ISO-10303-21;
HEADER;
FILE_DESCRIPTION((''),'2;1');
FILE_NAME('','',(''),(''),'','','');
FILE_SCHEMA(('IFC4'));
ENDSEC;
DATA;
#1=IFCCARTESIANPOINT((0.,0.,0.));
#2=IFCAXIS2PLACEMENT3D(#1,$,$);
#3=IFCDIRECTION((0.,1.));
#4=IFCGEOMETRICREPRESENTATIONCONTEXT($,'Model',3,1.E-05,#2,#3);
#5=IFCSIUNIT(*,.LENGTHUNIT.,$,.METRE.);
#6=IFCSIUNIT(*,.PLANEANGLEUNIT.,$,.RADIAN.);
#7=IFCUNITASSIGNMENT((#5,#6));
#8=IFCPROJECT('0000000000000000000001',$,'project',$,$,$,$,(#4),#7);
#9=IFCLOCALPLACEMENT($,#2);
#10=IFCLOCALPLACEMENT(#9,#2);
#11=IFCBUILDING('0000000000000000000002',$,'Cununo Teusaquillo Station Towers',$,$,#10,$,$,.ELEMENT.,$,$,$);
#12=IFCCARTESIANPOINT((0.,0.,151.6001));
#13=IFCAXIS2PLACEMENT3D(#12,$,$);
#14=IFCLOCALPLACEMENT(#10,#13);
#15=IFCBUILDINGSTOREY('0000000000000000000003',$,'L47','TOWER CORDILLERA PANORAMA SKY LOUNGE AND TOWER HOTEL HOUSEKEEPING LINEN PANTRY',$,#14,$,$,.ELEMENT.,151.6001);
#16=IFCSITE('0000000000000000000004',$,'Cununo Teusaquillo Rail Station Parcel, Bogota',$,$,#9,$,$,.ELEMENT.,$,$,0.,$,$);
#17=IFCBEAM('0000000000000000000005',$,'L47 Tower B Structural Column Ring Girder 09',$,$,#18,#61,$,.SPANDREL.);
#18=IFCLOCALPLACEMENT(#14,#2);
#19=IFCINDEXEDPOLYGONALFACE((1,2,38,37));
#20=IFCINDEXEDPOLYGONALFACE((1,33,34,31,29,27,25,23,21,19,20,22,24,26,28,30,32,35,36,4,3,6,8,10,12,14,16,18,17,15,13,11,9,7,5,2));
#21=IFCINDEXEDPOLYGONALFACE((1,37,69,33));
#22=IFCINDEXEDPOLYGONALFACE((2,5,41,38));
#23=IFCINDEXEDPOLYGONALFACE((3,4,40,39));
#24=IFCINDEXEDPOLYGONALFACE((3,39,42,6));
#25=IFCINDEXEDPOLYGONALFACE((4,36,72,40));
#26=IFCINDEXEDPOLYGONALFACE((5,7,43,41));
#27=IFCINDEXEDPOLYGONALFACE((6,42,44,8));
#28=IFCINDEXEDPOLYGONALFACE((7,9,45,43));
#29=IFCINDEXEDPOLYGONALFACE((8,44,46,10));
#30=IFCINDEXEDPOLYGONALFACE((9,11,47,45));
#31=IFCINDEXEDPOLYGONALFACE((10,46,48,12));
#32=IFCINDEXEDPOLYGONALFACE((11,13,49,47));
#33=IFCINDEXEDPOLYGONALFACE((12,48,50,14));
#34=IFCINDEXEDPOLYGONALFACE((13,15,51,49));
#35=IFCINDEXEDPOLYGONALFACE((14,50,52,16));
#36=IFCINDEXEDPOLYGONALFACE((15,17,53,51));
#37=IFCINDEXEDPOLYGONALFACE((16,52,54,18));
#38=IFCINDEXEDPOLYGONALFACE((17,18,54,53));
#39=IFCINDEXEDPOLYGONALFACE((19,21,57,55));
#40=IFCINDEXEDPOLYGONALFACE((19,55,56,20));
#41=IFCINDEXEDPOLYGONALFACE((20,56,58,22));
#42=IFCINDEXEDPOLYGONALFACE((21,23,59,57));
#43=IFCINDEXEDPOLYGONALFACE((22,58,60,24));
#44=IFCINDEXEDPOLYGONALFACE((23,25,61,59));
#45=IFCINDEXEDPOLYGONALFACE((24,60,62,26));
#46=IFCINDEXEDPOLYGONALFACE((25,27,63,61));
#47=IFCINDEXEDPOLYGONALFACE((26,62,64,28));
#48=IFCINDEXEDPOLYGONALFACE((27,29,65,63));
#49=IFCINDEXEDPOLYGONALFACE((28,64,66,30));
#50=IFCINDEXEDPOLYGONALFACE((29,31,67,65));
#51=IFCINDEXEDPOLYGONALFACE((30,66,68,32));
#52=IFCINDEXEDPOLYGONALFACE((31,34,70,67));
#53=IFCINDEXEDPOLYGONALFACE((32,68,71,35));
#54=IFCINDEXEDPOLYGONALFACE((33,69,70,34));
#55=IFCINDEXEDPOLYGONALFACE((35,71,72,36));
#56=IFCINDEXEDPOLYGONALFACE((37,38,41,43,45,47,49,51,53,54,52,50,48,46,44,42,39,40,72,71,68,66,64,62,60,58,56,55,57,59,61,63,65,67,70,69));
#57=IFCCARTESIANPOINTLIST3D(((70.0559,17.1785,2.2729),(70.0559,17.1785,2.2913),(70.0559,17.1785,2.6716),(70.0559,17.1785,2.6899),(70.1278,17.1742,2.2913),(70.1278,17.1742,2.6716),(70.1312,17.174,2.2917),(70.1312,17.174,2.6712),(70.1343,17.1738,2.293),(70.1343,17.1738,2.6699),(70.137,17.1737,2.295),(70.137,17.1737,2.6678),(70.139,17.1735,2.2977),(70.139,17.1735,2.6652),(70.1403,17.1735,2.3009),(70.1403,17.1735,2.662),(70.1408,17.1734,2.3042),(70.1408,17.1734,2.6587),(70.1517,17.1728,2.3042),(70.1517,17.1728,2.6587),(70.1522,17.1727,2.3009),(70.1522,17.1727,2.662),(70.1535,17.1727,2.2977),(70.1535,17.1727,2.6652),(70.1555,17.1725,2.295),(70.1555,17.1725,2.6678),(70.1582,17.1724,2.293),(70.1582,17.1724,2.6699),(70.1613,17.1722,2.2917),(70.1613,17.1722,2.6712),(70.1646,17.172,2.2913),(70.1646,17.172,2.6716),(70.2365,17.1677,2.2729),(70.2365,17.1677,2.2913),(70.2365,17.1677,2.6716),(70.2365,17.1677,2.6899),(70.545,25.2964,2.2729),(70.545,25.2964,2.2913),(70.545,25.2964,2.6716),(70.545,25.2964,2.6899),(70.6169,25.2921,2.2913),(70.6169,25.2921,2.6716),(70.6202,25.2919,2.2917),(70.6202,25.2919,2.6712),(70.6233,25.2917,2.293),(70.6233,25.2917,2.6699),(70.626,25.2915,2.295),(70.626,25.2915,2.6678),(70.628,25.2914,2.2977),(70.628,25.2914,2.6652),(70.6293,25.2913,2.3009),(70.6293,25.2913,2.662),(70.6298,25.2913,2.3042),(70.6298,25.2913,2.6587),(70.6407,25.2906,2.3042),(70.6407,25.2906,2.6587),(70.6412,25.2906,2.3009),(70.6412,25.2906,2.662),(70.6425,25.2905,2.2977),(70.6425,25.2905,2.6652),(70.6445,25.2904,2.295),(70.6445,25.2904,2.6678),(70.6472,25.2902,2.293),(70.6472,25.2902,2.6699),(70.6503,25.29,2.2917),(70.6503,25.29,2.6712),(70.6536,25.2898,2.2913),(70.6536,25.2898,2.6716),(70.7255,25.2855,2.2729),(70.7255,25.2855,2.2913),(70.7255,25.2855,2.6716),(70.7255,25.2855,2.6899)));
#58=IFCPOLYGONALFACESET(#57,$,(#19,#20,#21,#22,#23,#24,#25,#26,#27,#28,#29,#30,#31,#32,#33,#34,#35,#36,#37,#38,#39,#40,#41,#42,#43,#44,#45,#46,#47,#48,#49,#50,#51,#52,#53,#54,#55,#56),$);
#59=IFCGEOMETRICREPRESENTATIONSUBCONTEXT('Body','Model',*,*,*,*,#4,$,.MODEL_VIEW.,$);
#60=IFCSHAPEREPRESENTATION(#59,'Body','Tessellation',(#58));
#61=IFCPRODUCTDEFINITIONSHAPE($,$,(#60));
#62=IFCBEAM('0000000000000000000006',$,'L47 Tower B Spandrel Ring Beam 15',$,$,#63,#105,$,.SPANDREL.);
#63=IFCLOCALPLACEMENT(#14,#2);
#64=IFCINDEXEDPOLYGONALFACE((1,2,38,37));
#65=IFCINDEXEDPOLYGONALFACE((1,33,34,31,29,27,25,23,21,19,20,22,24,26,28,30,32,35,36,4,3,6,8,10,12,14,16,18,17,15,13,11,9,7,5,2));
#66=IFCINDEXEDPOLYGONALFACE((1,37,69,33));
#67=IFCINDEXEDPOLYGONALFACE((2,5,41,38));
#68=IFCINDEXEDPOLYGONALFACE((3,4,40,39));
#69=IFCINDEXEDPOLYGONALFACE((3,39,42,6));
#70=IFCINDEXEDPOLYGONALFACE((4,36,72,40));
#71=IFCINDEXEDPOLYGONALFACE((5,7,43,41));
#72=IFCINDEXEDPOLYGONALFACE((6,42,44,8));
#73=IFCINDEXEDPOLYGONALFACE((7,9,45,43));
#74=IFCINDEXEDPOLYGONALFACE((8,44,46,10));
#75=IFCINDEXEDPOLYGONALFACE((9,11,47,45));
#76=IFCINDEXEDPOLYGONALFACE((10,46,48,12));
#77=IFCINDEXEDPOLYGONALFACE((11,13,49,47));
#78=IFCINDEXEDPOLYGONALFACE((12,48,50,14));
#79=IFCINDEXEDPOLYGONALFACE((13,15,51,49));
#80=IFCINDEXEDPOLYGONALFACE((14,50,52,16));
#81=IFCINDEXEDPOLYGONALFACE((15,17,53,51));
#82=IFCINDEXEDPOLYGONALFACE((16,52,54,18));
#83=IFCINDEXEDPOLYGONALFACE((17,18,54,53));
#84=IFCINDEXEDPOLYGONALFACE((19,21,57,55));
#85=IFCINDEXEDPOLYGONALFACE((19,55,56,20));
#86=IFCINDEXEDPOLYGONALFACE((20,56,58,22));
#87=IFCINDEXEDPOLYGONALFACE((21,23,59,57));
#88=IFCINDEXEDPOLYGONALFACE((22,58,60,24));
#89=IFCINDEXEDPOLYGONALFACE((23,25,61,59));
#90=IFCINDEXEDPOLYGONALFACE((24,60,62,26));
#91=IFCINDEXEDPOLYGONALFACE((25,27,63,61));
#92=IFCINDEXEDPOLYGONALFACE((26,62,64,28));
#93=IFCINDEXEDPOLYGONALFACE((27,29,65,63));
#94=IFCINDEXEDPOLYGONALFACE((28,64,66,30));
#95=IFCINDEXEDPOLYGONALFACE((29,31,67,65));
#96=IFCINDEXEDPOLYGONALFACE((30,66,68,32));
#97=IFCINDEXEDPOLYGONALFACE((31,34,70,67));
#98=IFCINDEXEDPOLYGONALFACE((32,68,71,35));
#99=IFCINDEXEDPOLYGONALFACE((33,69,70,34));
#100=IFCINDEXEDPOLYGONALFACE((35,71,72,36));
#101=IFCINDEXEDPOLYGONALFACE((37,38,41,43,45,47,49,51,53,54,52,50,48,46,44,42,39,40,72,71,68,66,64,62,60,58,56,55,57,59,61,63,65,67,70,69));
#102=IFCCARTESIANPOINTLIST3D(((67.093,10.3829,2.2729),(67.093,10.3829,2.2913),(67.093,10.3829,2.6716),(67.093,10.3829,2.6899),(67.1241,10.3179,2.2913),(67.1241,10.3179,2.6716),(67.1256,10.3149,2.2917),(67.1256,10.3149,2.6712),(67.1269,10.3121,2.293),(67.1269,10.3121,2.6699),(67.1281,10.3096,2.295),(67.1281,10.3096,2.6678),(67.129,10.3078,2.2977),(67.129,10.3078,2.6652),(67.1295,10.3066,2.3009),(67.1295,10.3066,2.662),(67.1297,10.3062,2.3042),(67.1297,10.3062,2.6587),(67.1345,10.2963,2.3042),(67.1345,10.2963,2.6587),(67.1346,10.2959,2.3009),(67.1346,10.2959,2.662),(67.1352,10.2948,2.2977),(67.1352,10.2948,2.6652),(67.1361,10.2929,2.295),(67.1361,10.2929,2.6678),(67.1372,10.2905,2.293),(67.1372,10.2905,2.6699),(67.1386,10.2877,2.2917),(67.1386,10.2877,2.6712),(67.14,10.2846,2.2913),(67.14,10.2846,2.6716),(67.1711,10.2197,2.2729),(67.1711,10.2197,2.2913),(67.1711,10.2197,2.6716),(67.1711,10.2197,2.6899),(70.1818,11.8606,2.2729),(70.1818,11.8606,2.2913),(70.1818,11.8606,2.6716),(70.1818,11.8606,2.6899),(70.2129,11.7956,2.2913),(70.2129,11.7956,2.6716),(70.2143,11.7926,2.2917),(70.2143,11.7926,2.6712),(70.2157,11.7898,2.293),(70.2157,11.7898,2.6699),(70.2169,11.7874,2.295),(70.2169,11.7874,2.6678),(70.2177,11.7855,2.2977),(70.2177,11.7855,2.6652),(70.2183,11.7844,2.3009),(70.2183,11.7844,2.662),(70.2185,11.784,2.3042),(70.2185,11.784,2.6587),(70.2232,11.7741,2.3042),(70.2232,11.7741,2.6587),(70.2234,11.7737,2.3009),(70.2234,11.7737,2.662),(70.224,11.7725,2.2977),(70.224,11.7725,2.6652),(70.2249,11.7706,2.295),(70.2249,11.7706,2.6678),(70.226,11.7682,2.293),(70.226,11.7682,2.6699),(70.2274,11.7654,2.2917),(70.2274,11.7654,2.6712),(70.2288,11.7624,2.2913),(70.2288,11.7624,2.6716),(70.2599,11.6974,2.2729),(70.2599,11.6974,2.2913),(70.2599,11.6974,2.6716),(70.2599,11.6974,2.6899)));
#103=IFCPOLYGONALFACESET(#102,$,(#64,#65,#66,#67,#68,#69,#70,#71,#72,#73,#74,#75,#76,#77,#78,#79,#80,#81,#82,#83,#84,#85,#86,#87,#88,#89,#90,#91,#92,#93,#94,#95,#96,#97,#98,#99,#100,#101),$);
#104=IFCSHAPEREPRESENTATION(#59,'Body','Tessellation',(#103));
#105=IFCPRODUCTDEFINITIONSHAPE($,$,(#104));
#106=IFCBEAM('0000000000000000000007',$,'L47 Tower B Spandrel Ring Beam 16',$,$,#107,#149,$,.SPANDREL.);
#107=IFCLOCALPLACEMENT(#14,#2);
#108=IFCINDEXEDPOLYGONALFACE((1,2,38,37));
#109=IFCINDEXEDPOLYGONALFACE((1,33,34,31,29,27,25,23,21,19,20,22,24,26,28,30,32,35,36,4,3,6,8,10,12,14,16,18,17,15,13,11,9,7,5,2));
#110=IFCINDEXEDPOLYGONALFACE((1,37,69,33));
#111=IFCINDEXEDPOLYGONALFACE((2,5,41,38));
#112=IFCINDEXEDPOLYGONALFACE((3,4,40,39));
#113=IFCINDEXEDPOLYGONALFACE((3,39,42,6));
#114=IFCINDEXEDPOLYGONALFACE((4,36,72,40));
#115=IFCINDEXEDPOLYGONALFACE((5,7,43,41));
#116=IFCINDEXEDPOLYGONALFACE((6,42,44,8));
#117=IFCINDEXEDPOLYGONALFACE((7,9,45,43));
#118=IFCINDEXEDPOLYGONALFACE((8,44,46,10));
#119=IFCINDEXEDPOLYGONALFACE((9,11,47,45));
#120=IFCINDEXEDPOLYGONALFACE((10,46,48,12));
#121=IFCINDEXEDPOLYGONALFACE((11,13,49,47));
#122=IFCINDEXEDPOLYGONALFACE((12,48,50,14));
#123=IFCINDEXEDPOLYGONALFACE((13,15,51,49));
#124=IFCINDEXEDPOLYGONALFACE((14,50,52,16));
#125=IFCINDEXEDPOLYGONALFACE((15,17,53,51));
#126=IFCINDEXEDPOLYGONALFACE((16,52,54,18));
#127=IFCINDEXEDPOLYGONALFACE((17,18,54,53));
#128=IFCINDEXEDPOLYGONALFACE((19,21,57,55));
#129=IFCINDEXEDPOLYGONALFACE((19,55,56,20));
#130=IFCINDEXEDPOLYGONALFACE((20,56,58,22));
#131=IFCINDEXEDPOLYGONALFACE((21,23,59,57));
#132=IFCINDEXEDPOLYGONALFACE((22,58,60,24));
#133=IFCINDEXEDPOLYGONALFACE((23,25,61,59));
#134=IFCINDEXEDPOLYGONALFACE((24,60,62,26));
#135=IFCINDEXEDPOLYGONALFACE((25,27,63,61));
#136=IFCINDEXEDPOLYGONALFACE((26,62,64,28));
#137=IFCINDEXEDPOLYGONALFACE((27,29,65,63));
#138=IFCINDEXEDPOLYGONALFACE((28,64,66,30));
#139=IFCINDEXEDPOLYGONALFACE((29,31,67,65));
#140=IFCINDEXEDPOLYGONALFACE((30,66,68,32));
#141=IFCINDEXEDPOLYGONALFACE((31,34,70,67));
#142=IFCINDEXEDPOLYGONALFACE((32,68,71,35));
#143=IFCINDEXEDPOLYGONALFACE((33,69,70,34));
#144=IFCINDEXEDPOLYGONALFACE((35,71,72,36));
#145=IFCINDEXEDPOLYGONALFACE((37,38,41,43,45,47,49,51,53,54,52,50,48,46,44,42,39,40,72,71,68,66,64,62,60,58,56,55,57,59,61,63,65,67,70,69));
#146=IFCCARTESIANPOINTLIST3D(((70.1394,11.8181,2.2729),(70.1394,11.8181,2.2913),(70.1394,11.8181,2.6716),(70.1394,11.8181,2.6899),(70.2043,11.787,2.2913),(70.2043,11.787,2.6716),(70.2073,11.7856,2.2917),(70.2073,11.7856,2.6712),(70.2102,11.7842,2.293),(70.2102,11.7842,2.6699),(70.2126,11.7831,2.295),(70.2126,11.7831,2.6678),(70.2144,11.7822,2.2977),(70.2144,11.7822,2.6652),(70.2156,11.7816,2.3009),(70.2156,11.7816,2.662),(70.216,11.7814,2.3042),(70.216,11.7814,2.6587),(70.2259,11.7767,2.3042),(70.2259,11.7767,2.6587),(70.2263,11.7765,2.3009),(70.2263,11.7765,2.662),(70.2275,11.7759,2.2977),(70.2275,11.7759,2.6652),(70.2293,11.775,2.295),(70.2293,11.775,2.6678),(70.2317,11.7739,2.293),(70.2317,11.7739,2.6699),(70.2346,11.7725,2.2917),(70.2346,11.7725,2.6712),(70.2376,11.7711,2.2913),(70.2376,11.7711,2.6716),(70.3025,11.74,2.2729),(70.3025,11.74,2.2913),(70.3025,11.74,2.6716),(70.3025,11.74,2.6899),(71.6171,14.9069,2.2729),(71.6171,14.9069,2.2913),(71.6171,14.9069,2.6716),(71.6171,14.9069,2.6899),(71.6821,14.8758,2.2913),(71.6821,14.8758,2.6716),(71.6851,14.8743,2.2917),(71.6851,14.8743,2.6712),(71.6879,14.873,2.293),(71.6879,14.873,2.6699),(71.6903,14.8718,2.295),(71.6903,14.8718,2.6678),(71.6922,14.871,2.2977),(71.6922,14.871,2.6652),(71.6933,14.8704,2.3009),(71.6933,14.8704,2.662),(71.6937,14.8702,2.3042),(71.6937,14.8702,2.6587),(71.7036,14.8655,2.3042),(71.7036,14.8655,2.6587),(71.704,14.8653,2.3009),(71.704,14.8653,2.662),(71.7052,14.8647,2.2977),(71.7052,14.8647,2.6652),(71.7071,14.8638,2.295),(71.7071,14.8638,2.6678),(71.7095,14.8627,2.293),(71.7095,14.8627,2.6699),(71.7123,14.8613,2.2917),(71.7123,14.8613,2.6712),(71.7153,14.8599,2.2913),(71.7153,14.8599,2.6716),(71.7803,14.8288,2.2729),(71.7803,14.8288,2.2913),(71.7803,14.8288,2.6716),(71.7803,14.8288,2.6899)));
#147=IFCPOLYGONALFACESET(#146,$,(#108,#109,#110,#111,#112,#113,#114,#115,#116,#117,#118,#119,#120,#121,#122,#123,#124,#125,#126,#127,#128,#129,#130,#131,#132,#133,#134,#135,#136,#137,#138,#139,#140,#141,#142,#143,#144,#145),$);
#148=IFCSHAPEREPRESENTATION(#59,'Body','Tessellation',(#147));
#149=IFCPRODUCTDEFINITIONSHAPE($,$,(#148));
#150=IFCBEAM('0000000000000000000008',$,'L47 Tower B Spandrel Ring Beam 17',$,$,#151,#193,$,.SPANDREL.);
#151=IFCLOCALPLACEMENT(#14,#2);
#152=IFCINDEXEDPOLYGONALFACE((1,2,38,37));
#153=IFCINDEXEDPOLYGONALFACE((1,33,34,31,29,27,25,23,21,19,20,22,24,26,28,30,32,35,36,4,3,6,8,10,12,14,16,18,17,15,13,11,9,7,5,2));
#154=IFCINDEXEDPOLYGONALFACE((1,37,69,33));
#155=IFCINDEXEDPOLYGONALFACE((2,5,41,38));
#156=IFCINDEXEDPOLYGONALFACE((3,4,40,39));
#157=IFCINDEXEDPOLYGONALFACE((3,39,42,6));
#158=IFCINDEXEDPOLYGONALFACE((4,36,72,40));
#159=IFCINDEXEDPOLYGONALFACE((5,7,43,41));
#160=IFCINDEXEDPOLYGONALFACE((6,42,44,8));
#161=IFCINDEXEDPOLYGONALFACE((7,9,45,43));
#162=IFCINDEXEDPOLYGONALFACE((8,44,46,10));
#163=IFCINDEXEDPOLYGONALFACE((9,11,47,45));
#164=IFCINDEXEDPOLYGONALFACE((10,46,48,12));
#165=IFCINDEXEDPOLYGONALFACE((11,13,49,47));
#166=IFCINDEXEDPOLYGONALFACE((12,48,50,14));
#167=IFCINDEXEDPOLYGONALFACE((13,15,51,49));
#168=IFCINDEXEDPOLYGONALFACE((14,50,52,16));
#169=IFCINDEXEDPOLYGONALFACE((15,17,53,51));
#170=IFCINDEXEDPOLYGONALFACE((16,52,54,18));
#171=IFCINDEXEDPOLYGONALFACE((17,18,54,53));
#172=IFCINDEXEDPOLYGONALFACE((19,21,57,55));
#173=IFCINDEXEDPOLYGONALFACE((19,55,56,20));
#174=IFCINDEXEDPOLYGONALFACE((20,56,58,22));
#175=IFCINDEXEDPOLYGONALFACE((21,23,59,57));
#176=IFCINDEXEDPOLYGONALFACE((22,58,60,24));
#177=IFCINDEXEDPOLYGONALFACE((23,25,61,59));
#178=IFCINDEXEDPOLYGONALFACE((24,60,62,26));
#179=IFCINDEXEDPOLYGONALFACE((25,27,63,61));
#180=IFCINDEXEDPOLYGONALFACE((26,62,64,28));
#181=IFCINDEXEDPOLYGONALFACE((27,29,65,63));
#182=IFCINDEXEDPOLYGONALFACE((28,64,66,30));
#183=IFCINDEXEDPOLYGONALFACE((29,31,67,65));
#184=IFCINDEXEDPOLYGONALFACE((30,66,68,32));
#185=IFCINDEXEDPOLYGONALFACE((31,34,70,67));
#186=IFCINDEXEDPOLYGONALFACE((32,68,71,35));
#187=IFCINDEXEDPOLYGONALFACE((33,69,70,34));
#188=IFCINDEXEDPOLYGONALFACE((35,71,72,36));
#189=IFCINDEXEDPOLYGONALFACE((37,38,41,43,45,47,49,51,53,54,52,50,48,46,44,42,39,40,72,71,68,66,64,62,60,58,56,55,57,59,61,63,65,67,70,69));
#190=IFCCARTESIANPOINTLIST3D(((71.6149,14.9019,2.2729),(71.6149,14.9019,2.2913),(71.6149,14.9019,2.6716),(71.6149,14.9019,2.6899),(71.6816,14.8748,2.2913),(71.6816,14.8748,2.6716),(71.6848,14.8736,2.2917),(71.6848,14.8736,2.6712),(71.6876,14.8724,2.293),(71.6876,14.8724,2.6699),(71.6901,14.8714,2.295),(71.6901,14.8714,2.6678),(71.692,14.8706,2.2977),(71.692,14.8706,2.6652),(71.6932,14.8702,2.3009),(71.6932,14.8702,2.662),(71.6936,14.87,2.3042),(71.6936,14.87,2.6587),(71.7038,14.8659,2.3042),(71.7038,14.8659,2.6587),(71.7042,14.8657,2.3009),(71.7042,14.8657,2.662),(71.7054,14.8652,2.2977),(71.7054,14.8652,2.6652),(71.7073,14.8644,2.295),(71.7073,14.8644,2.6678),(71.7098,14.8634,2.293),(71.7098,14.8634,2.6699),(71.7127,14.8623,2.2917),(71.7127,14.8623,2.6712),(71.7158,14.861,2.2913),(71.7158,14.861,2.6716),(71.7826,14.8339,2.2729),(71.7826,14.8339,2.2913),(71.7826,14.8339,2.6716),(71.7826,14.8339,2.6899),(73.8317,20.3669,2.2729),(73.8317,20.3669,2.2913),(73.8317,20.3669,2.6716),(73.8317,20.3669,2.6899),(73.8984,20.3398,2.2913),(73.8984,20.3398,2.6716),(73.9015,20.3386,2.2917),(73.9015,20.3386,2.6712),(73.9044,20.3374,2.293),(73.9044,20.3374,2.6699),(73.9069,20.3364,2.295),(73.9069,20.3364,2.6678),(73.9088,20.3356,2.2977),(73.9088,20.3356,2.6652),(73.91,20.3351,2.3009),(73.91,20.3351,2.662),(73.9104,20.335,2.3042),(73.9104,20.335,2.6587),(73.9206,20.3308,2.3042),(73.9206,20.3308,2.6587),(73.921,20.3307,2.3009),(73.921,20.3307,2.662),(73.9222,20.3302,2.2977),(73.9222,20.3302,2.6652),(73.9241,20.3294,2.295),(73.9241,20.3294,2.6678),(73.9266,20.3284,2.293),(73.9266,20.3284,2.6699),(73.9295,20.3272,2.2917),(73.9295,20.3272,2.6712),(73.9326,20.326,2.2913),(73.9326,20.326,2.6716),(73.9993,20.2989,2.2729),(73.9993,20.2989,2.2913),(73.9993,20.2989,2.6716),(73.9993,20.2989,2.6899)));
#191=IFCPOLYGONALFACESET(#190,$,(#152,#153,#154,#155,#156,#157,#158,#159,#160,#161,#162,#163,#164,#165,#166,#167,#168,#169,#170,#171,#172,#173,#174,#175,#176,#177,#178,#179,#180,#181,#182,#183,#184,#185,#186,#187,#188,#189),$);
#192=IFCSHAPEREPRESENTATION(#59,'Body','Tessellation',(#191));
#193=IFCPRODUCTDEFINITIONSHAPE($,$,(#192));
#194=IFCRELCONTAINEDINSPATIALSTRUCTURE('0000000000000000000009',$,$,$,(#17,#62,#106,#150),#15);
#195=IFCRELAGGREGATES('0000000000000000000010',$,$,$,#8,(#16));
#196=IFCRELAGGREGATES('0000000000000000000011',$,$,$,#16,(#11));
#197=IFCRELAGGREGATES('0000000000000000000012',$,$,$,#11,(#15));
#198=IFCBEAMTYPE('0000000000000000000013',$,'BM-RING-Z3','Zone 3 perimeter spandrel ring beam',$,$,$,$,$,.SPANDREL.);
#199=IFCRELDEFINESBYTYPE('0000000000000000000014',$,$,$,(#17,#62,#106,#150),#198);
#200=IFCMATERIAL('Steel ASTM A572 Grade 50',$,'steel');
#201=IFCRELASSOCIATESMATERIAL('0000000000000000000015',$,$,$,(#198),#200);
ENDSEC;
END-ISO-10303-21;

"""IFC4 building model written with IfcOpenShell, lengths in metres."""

from ifc_helpers import new_model, si_unit, direction, frame, origin, origin_2d, place, context, subcontext, project, spatial, i_section, extrude, material, material_profile, profile_set, type_object, element, save


model = new_model("IFC4")

# Units and contexts
model_context = context("Model", 3, precision=1e-05, world=origin(), true_north=direction((0.0, 1.0)))
body_context = subcontext(model_context, "Body", "Model", "MODEL_VIEW")
ifc_project = project(units=[si_unit("LENGTHUNIT", "METRE"), si_unit("PLANEANGLEUNIT", "RADIAN")], contexts=[model_context])

# Site, building, storey
site_placement = place(None, origin())
site = spatial("IfcSite", under=ifc_project, at=site_placement, Name="Cununo Teusaquillo Rail Station Parcel, Bogota", CompositionType="ELEMENT", RefElevation=0.0)
building_placement = place(site_placement, origin())
building = spatial("IfcBuilding", under=site, at=building_placement, Name="Cununo Teusaquillo Station Towers", CompositionType="ELEMENT")
storey_placement = place(building_placement, frame((0.0, 0.0, 151.6001)))
storey = spatial("IfcBuildingStorey", under=building, at=storey_placement, Name="L47", Description="TOWER CORDILLERA PANORAMA SKY LOUNGE AND TOWER HOTEL HOUSEKEEPING LINEN PANTRY", CompositionType="ELEMENT", Elevation=151.6001)

# Beams
ifc_material_1 = material(Name="Steel ASTM A572 Grade 50", Category="steel")
ifc_material_profile_1 = material_profile(ifc_material_1, i_section(OverallWidth=0.1809, OverallDepth=0.417, WebThickness=0.011, FlangeThickness=0.0183, FilletRadius=0.0129, at=origin_2d()), Name="W16X57")
ifc_profile_set_1 = profile_set([ifc_material_profile_1], Name="Steel ASTM A572 Grade 50")
beam_type_1 = type_object("IfcBeamType", Name="BM-RING-Z3", Description="Zone 3 perimeter spandrel ring beam", PredefinedType="SPANDREL", material=ifc_profile_set_1)
beam_1_placement = place(storey_placement, frame((70.1462, 17.1731, 2.4814), z_axis=(0.06013, 0.998191, 0.0), x_axis=(-0.998191, 0.06013, 0.0)))
element("IfcBeam", 1, at=beam_1_placement, inside=storey, type_object=beam_type_1, Name="L47 Tower B Structural Column Ring Girder 09", PredefinedType="SPANDREL", context=body_context, shape_type="SweptSolid", body=[
    extrude(i_section(OverallWidth=0.1809, OverallDepth=0.417, WebThickness=0.011, FlangeThickness=0.0183, FilletRadius=0.0129, at=origin_2d()), origin(), (0.0, 0.0, 1.0), 8.1326),
])
for number, where, z_axis, x_axis, name in (
    (2, (67.1321, 10.3013, 2.4814), (0.902078, 0.431574, 0.0), (-0.431574, 0.902078, 0.0), "L47 Tower B Spandrel Ring Beam 15"),
    (3, (70.2209, 11.7791, 2.4814), (0.431574, 0.902078, 0.0), (-0.902078, 0.431574, 0.0), "L47 Tower B Spandrel Ring Beam 16"),
):
    element("IfcBeam", number, at=place(storey_placement, frame(where, z_axis=z_axis, x_axis=x_axis)), inside=storey, type_object=beam_type_1, Name=name, PredefinedType="SPANDREL", context=body_context, shape_type="SweptSolid", body=[
        extrude(i_section(OverallWidth=0.1809, OverallDepth=0.417, WebThickness=0.011, FlangeThickness=0.0183, FilletRadius=0.0129, at=origin_2d()), origin(), (0.0, 0.0, 1.0), 3.4241),
    ])
beam_2_placement = place(storey_placement, frame((71.6987, 14.8679, 2.4814), z_axis=(0.375883, 0.926667, 0.0), x_axis=(-0.926667, 0.375883, 0.0)))
element("IfcBeam", 4, at=beam_2_placement, inside=storey, type_object=beam_type_1, Name="L47 Tower B Spandrel Ring Beam 17", PredefinedType="SPANDREL", context=body_context, shape_type="SweptSolid", body=[
    extrude(i_section(OverallWidth=0.1809, OverallDepth=0.417, WebThickness=0.011, FlangeThickness=0.0183, FilletRadius=0.0129, at=origin_2d()), origin(), (0.0, 0.0, 1.0), 5.8975),
])

save(model, "model.ifc")
